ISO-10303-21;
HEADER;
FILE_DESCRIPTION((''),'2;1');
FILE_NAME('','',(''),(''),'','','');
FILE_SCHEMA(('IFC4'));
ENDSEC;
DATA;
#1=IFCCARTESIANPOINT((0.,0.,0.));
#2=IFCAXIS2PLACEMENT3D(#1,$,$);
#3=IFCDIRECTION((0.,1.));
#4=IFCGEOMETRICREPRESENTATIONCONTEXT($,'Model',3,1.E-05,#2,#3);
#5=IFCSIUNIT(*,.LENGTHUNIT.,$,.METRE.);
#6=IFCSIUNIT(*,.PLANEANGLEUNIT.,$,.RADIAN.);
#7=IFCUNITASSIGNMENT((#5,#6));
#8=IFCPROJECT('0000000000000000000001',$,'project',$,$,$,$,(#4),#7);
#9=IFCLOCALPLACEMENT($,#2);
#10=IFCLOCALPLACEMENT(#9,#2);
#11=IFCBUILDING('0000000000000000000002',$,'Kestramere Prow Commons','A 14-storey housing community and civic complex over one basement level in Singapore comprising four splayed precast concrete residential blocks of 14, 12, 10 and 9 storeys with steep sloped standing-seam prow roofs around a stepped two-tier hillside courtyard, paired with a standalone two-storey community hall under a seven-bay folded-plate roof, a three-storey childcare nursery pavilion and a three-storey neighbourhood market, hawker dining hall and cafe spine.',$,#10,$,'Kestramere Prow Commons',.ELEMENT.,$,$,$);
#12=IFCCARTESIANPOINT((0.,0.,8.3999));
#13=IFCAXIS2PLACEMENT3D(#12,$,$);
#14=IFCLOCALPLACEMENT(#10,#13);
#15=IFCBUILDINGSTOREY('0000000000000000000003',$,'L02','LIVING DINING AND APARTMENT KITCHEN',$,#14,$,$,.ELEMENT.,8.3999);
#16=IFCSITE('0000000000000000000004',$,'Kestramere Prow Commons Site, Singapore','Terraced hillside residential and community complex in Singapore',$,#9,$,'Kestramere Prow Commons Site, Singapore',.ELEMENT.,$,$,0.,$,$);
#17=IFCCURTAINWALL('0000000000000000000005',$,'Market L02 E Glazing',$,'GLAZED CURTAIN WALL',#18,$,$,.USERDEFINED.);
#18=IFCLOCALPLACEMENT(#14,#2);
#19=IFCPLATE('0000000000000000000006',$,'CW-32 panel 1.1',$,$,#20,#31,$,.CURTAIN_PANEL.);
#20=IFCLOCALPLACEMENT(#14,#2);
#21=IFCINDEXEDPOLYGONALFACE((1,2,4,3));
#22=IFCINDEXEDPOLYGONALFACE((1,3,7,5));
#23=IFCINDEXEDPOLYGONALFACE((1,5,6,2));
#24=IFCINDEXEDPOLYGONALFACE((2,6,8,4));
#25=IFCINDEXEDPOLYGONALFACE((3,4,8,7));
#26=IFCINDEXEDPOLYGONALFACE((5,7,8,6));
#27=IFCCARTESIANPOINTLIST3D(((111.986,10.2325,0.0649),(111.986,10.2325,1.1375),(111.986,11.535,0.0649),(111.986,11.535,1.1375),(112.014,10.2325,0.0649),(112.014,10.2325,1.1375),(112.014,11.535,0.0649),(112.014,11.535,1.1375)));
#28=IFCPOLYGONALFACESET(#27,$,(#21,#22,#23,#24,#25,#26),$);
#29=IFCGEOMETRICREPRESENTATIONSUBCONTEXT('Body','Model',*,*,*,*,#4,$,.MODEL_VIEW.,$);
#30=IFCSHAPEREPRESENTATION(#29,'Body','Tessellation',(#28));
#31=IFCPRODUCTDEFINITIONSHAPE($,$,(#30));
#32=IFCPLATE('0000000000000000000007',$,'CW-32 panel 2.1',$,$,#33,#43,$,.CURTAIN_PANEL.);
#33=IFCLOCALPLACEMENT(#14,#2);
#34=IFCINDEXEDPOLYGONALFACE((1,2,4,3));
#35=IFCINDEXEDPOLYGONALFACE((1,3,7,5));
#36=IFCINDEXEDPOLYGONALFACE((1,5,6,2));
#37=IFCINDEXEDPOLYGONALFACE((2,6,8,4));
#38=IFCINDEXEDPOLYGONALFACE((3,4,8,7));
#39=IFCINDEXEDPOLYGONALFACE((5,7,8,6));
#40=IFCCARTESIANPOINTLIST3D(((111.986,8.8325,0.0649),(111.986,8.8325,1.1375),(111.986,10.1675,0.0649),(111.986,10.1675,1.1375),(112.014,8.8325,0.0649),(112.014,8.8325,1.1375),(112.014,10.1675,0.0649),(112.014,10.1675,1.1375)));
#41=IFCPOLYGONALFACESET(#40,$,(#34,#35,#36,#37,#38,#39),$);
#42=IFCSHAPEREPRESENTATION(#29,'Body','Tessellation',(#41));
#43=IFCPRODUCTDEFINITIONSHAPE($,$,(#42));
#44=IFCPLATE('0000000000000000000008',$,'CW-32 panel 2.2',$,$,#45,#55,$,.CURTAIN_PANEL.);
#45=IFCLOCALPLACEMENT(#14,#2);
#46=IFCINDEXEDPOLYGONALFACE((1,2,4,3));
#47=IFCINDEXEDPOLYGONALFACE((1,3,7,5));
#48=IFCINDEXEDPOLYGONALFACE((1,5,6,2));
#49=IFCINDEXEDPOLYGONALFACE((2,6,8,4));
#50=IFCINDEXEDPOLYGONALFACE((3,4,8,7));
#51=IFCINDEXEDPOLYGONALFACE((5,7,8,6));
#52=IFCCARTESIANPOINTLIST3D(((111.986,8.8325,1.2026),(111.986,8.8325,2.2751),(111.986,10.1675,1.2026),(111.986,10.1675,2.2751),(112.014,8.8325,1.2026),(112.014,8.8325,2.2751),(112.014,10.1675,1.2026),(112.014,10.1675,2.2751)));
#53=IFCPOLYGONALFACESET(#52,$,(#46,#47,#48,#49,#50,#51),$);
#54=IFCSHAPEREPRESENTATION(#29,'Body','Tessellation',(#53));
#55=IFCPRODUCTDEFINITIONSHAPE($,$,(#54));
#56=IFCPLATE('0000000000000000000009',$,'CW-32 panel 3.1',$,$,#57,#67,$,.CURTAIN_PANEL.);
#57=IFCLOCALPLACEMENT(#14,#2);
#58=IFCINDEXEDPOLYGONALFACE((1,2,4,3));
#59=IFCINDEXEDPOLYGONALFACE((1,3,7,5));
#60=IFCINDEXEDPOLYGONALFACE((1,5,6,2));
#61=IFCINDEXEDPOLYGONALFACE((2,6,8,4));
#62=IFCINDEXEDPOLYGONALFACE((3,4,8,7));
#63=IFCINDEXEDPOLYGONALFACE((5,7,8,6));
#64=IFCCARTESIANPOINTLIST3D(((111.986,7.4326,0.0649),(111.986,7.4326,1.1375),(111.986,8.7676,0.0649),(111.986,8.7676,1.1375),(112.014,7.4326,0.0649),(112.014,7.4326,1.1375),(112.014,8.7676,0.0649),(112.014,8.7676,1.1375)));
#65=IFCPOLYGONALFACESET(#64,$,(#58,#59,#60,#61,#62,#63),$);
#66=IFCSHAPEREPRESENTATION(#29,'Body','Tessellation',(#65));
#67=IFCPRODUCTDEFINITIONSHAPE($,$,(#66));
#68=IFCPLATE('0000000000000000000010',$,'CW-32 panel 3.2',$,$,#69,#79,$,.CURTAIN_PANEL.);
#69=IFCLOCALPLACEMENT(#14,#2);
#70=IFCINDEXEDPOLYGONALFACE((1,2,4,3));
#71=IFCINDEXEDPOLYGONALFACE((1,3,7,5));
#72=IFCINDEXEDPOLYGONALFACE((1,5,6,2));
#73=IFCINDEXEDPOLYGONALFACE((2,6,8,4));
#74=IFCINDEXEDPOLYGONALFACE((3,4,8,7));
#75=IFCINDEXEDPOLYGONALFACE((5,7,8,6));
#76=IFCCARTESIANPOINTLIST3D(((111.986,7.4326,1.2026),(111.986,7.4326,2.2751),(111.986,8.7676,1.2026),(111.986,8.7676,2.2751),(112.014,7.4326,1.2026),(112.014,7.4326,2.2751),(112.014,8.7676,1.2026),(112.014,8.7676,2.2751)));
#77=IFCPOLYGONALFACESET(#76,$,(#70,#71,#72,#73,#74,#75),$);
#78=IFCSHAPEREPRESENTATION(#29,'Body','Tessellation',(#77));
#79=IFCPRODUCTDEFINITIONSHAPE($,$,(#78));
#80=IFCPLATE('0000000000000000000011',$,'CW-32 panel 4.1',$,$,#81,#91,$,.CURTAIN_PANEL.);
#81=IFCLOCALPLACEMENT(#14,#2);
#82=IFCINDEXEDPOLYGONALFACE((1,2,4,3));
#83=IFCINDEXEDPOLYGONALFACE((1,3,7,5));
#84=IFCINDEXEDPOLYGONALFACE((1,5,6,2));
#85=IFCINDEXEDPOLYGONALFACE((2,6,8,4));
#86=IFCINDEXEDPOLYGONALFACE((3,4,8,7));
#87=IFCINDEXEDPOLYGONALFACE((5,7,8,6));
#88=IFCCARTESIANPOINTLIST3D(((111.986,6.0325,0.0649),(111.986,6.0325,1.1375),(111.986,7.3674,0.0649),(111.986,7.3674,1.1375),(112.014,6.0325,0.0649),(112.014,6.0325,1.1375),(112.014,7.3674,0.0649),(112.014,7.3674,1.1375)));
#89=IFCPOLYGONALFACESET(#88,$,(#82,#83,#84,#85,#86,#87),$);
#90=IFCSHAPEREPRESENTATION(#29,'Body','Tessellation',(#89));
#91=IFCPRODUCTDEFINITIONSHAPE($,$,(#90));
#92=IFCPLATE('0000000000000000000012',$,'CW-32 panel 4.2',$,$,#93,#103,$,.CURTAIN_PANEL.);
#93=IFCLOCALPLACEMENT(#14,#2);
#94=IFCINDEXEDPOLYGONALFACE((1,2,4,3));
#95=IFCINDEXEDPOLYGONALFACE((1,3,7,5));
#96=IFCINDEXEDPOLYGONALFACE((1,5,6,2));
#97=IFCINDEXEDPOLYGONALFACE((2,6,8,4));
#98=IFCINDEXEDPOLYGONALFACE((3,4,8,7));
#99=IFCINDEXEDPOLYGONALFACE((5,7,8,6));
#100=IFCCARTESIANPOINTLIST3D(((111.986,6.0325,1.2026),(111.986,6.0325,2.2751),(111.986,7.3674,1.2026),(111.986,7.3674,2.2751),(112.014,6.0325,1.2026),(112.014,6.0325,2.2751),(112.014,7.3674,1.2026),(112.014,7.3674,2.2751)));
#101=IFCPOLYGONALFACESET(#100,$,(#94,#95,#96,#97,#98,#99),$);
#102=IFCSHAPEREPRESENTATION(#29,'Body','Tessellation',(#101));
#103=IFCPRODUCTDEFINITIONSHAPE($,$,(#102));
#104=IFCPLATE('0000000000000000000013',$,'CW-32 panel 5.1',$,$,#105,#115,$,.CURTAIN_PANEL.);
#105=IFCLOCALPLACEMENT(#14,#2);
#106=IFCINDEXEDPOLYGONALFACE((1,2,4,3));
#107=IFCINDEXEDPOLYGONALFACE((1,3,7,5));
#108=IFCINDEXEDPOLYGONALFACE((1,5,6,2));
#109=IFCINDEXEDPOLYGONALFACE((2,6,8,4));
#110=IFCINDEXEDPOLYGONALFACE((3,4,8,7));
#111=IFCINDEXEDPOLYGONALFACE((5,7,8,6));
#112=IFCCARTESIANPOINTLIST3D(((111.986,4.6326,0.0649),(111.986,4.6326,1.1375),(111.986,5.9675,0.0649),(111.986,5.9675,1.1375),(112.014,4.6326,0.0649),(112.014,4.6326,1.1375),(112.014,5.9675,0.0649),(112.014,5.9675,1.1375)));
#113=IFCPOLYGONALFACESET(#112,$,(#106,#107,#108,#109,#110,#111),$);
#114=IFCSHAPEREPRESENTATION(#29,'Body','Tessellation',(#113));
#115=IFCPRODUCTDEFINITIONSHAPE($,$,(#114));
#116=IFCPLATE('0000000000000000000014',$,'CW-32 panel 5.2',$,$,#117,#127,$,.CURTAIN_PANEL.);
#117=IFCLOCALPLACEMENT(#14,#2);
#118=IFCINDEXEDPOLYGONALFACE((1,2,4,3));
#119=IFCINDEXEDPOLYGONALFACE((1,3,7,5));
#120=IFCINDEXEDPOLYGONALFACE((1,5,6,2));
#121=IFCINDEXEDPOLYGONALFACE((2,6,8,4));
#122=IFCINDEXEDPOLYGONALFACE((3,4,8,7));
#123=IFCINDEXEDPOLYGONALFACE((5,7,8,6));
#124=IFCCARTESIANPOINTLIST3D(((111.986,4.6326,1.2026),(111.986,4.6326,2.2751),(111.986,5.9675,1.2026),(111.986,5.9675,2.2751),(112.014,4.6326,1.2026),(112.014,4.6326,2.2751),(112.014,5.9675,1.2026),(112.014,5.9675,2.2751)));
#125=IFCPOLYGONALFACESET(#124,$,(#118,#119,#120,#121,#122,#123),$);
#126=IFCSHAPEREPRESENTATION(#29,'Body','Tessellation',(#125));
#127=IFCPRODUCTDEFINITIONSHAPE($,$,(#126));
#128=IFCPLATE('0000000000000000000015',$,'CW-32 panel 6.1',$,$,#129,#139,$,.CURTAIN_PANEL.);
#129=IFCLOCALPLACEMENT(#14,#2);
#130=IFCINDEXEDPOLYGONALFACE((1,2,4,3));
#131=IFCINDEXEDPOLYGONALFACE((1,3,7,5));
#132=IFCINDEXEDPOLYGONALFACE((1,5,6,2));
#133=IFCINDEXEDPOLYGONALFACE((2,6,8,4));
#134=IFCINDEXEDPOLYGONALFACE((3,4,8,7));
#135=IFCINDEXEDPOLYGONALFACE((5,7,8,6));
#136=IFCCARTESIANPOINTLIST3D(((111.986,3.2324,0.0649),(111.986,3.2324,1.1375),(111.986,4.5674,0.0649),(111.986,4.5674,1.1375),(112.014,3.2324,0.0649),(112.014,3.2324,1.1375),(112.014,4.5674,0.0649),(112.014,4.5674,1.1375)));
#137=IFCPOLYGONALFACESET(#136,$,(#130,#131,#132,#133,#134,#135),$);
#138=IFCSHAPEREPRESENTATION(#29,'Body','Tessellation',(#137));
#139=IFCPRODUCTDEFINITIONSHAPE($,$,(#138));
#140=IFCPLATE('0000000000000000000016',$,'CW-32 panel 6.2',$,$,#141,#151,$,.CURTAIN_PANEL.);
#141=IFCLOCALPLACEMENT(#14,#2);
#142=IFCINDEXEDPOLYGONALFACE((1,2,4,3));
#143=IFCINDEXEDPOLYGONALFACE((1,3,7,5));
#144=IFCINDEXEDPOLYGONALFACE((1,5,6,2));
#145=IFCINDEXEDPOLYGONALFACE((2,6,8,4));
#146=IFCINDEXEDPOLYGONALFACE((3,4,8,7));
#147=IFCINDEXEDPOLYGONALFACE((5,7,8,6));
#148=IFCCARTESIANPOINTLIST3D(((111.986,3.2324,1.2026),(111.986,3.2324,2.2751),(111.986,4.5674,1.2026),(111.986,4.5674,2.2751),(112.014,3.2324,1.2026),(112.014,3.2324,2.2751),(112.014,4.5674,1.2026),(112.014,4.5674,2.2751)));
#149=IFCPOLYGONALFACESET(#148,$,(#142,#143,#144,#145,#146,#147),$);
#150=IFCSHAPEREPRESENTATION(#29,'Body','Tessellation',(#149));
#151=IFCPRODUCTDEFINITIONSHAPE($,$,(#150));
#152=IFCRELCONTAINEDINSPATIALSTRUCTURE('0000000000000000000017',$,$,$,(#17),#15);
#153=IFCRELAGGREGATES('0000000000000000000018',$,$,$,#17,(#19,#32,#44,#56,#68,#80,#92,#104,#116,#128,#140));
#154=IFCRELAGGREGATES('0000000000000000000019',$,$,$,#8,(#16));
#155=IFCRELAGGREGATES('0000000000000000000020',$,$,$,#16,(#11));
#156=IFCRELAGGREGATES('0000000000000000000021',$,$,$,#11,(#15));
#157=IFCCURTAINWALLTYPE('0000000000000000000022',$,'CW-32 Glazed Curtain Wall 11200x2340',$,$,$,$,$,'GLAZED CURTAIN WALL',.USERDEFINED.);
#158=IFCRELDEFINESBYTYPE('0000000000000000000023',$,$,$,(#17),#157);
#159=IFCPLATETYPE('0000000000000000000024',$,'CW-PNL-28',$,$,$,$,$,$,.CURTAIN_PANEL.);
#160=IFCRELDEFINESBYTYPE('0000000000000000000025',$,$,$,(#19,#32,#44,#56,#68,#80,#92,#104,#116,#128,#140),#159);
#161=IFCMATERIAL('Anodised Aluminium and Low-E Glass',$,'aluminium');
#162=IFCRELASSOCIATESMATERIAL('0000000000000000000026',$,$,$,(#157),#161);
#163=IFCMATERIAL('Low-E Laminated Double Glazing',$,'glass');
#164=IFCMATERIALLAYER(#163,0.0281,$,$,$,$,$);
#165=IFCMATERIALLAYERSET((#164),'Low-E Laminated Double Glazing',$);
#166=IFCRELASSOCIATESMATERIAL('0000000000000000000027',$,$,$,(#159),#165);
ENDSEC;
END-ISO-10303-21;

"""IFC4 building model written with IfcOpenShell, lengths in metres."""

from ifc_helpers import new_model, si_unit, direction, frame, origin, origin_2d, place, context, subcontext, project, spatial, rectangle, extrude, material, layer, layer_set, type_object, element, aggregate, save


model = new_model("IFC4")

# Units and contexts
model_context = context("Model", 3, precision=1e-05, world=origin(), true_north=direction((0.0, 1.0)))
body_context = subcontext(model_context, "Body", "Model", "MODEL_VIEW")
ifc_project = project(units=[si_unit("LENGTHUNIT", "METRE"), si_unit("PLANEANGLEUNIT", "RADIAN")], contexts=[model_context])

# Site, building, storey
site_placement = place(None, origin())
site = spatial("IfcSite", under=ifc_project, at=site_placement, Name="Kestramere Prow Commons Site, Singapore", Description="Terraced hillside residential and community complex in Singapore", LongName="Kestramere Prow Commons Site, Singapore", CompositionType="ELEMENT", RefElevation=0.0)
building_placement = place(site_placement, origin())
building = spatial("IfcBuilding", under=site, at=building_placement, Name="Kestramere Prow Commons", Description="A 14-storey housing community and civic complex over one basement level in Singapore comprising four splayed precast concrete residential blocks of 14, 12, 10 and 9 storeys with steep sloped standing-seam prow roofs around a stepped two-tier hillside courtyard, paired with a standalone two-storey community hall under a seven-bay folded-plate roof, a three-storey childcare nursery pavilion and a three-storey neighbourhood market, hawker dining hall and cafe spine.", LongName="Kestramere Prow Commons", CompositionType="ELEMENT")
storey_placement = place(building_placement, frame((0.0, 0.0, 8.3999)))
storey = spatial("IfcBuildingStorey", under=building, at=storey_placement, Name="L02", Description="LIVING DINING AND APARTMENT KITCHEN", CompositionType="ELEMENT", Elevation=8.3999)

# Curtain wall, plates
ifc_material_1 = material(Name="Anodised Aluminium and Low-E Glass", Category="aluminium")
curtain_wall_type = type_object("IfcCurtainWallType", Name="CW-32 Glazed Curtain Wall 11200x2340", ElementType="GLAZED CURTAIN WALL", PredefinedType="USERDEFINED", material=ifc_material_1)
curtain_wall_placement = place(storey_placement, origin())
curtain_wall = element("IfcCurtainWall", 1, at=curtain_wall_placement, inside=storey, type_object=curtain_wall_type, Name="Market L02 E Glazing", ObjectType="GLAZED CURTAIN WALL", PredefinedType="USERDEFINED")
ifc_material_2 = material(Name="Low-E Laminated Double Glazing", Category="glass")
ifc_layer = layer(ifc_material_2, 0.0281)
ifc_layer_set = layer_set([ifc_layer], Name="Low-E Laminated Double Glazing")
plate_type = type_object("IfcPlateType", Name="CW-PNL-28", PredefinedType="CURTAIN_PANEL", material=ifc_layer_set)
plate_1_placement = place(storey_placement, frame((112.0, 10.8838, 0.0649), z_axis=(0.0, 0.0, 1.0), x_axis=(0.0, -1.0, 0.0)))
plate_1 = element("IfcPlate", 2, at=plate_1_placement, type_object=plate_type, Name="CW-32 panel 1.1", PredefinedType="CURTAIN_PANEL", context=body_context, shape_type="SweptSolid", body=[
    extrude(rectangle(XDim=1.3025, YDim=0.0281, at=origin_2d()), origin(), (0.0, 0.0, 1.0), 1.0725),
])
plate_2_placement = place(storey_placement, frame((112.0, 9.5, 0.0649), z_axis=(0.0, 0.0, 1.0), x_axis=(0.0, -1.0, 0.0)))
plate_2 = element("IfcPlate", 3, at=plate_2_placement, type_object=plate_type, Name="CW-32 panel 2.1", PredefinedType="CURTAIN_PANEL", context=body_context, shape_type="SweptSolid", body=[
    extrude(rectangle(XDim=1.335, YDim=0.0281, at=origin_2d()), origin(), (0.0, 0.0, 1.0), 1.0725),
])
plate_3_placement = place(storey_placement, frame((112.0, 9.5, 1.2026), z_axis=(0.0, 0.0, 1.0), x_axis=(0.0, -1.0, 0.0)))
plate_3 = element("IfcPlate", 4, at=plate_3_placement, type_object=plate_type, Name="CW-32 panel 2.2", PredefinedType="CURTAIN_PANEL", context=body_context, shape_type="SweptSolid", body=[
    extrude(rectangle(XDim=1.335, YDim=0.0281, at=origin_2d()), origin(), (0.0, 0.0, 1.0), 1.0725),
])
plate_4_placement = place(storey_placement, frame((112.0, 8.1001, 0.0649), z_axis=(0.0, 0.0, 1.0), x_axis=(0.0, -1.0, 0.0)))
plate_4 = element("IfcPlate", 5, at=plate_4_placement, type_object=plate_type, Name="CW-32 panel 3.1", PredefinedType="CURTAIN_PANEL", context=body_context, shape_type="SweptSolid", body=[
    extrude(rectangle(XDim=1.335, YDim=0.0281, at=origin_2d()), origin(), (0.0, 0.0, 1.0), 1.0725),
])
plate_5_placement = place(storey_placement, frame((112.0, 8.1001, 1.2026), z_axis=(0.0, 0.0, 1.0), x_axis=(0.0, -1.0, 0.0)))
plate_5 = element("IfcPlate", 6, at=plate_5_placement, type_object=plate_type, Name="CW-32 panel 3.2", PredefinedType="CURTAIN_PANEL", context=body_context, shape_type="SweptSolid", body=[
    extrude(rectangle(XDim=1.335, YDim=0.0281, at=origin_2d()), origin(), (0.0, 0.0, 1.0), 1.0725),
])
plate_6_placement = place(storey_placement, frame((112.0, 6.7, 0.0649), z_axis=(0.0, 0.0, 1.0), x_axis=(0.0, -1.0, 0.0)))
plate_6 = element("IfcPlate", 7, at=plate_6_placement, type_object=plate_type, Name="CW-32 panel 4.1", PredefinedType="CURTAIN_PANEL", context=body_context, shape_type="SweptSolid", body=[
    extrude(rectangle(XDim=1.335, YDim=0.0281, at=origin_2d()), origin(), (0.0, 0.0, 1.0), 1.0725),
])
plate_7_placement = place(storey_placement, frame((112.0, 6.7, 1.2026), z_axis=(0.0, 0.0, 1.0), x_axis=(0.0, -1.0, 0.0)))
plate_7 = element("IfcPlate", 8, at=plate_7_placement, type_object=plate_type, Name="CW-32 panel 4.2", PredefinedType="CURTAIN_PANEL", context=body_context, shape_type="SweptSolid", body=[
    extrude(rectangle(XDim=1.335, YDim=0.0281, at=origin_2d()), origin(), (0.0, 0.0, 1.0), 1.0725),
])
plate_8_placement = place(storey_placement, frame((112.0, 5.3, 0.0649), z_axis=(0.0, 0.0, 1.0), x_axis=(0.0, -1.0, 0.0)))
plate_8 = element("IfcPlate", 9, at=plate_8_placement, type_object=plate_type, Name="CW-32 panel 5.1", PredefinedType="CURTAIN_PANEL", context=body_context, shape_type="SweptSolid", body=[
    extrude(rectangle(XDim=1.335, YDim=0.0281, at=origin_2d()), origin(), (0.0, 0.0, 1.0), 1.0725),
])
plate_9_placement = place(storey_placement, frame((112.0, 5.3, 1.2026), z_axis=(0.0, 0.0, 1.0), x_axis=(0.0, -1.0, 0.0)))
plate_9 = element("IfcPlate", 10, at=plate_9_placement, type_object=plate_type, Name="CW-32 panel 5.2", PredefinedType="CURTAIN_PANEL", context=body_context, shape_type="SweptSolid", body=[
    extrude(rectangle(XDim=1.335, YDim=0.0281, at=origin_2d()), origin(), (0.0, 0.0, 1.0), 1.0725),
])
plate_10_placement = place(storey_placement, frame((112.0, 3.8999, 0.0649), z_axis=(0.0, 0.0, 1.0), x_axis=(0.0, -1.0, 0.0)))
plate_10 = element("IfcPlate", 11, at=plate_10_placement, type_object=plate_type, Name="CW-32 panel 6.1", PredefinedType="CURTAIN_PANEL", context=body_context, shape_type="SweptSolid", body=[
    extrude(rectangle(XDim=1.335, YDim=0.0281, at=origin_2d()), origin(), (0.0, 0.0, 1.0), 1.0725),
])
plate_11_placement = place(storey_placement, frame((112.0, 3.8999, 1.2026), z_axis=(0.0, 0.0, 1.0), x_axis=(0.0, -1.0, 0.0)))
plate_11 = element("IfcPlate", 12, at=plate_11_placement, type_object=plate_type, Name="CW-32 panel 6.2", PredefinedType="CURTAIN_PANEL", context=body_context, shape_type="SweptSolid", body=[
    extrude(rectangle(XDim=1.335, YDim=0.0281, at=origin_2d()), origin(), (0.0, 0.0, 1.0), 1.0725),
])
aggregate(curtain_wall, [plate_1, plate_2, plate_3, plate_4, plate_5, plate_6, plate_7, plate_8, plate_9, plate_10, plate_11])

save(model, "model.ifc")
